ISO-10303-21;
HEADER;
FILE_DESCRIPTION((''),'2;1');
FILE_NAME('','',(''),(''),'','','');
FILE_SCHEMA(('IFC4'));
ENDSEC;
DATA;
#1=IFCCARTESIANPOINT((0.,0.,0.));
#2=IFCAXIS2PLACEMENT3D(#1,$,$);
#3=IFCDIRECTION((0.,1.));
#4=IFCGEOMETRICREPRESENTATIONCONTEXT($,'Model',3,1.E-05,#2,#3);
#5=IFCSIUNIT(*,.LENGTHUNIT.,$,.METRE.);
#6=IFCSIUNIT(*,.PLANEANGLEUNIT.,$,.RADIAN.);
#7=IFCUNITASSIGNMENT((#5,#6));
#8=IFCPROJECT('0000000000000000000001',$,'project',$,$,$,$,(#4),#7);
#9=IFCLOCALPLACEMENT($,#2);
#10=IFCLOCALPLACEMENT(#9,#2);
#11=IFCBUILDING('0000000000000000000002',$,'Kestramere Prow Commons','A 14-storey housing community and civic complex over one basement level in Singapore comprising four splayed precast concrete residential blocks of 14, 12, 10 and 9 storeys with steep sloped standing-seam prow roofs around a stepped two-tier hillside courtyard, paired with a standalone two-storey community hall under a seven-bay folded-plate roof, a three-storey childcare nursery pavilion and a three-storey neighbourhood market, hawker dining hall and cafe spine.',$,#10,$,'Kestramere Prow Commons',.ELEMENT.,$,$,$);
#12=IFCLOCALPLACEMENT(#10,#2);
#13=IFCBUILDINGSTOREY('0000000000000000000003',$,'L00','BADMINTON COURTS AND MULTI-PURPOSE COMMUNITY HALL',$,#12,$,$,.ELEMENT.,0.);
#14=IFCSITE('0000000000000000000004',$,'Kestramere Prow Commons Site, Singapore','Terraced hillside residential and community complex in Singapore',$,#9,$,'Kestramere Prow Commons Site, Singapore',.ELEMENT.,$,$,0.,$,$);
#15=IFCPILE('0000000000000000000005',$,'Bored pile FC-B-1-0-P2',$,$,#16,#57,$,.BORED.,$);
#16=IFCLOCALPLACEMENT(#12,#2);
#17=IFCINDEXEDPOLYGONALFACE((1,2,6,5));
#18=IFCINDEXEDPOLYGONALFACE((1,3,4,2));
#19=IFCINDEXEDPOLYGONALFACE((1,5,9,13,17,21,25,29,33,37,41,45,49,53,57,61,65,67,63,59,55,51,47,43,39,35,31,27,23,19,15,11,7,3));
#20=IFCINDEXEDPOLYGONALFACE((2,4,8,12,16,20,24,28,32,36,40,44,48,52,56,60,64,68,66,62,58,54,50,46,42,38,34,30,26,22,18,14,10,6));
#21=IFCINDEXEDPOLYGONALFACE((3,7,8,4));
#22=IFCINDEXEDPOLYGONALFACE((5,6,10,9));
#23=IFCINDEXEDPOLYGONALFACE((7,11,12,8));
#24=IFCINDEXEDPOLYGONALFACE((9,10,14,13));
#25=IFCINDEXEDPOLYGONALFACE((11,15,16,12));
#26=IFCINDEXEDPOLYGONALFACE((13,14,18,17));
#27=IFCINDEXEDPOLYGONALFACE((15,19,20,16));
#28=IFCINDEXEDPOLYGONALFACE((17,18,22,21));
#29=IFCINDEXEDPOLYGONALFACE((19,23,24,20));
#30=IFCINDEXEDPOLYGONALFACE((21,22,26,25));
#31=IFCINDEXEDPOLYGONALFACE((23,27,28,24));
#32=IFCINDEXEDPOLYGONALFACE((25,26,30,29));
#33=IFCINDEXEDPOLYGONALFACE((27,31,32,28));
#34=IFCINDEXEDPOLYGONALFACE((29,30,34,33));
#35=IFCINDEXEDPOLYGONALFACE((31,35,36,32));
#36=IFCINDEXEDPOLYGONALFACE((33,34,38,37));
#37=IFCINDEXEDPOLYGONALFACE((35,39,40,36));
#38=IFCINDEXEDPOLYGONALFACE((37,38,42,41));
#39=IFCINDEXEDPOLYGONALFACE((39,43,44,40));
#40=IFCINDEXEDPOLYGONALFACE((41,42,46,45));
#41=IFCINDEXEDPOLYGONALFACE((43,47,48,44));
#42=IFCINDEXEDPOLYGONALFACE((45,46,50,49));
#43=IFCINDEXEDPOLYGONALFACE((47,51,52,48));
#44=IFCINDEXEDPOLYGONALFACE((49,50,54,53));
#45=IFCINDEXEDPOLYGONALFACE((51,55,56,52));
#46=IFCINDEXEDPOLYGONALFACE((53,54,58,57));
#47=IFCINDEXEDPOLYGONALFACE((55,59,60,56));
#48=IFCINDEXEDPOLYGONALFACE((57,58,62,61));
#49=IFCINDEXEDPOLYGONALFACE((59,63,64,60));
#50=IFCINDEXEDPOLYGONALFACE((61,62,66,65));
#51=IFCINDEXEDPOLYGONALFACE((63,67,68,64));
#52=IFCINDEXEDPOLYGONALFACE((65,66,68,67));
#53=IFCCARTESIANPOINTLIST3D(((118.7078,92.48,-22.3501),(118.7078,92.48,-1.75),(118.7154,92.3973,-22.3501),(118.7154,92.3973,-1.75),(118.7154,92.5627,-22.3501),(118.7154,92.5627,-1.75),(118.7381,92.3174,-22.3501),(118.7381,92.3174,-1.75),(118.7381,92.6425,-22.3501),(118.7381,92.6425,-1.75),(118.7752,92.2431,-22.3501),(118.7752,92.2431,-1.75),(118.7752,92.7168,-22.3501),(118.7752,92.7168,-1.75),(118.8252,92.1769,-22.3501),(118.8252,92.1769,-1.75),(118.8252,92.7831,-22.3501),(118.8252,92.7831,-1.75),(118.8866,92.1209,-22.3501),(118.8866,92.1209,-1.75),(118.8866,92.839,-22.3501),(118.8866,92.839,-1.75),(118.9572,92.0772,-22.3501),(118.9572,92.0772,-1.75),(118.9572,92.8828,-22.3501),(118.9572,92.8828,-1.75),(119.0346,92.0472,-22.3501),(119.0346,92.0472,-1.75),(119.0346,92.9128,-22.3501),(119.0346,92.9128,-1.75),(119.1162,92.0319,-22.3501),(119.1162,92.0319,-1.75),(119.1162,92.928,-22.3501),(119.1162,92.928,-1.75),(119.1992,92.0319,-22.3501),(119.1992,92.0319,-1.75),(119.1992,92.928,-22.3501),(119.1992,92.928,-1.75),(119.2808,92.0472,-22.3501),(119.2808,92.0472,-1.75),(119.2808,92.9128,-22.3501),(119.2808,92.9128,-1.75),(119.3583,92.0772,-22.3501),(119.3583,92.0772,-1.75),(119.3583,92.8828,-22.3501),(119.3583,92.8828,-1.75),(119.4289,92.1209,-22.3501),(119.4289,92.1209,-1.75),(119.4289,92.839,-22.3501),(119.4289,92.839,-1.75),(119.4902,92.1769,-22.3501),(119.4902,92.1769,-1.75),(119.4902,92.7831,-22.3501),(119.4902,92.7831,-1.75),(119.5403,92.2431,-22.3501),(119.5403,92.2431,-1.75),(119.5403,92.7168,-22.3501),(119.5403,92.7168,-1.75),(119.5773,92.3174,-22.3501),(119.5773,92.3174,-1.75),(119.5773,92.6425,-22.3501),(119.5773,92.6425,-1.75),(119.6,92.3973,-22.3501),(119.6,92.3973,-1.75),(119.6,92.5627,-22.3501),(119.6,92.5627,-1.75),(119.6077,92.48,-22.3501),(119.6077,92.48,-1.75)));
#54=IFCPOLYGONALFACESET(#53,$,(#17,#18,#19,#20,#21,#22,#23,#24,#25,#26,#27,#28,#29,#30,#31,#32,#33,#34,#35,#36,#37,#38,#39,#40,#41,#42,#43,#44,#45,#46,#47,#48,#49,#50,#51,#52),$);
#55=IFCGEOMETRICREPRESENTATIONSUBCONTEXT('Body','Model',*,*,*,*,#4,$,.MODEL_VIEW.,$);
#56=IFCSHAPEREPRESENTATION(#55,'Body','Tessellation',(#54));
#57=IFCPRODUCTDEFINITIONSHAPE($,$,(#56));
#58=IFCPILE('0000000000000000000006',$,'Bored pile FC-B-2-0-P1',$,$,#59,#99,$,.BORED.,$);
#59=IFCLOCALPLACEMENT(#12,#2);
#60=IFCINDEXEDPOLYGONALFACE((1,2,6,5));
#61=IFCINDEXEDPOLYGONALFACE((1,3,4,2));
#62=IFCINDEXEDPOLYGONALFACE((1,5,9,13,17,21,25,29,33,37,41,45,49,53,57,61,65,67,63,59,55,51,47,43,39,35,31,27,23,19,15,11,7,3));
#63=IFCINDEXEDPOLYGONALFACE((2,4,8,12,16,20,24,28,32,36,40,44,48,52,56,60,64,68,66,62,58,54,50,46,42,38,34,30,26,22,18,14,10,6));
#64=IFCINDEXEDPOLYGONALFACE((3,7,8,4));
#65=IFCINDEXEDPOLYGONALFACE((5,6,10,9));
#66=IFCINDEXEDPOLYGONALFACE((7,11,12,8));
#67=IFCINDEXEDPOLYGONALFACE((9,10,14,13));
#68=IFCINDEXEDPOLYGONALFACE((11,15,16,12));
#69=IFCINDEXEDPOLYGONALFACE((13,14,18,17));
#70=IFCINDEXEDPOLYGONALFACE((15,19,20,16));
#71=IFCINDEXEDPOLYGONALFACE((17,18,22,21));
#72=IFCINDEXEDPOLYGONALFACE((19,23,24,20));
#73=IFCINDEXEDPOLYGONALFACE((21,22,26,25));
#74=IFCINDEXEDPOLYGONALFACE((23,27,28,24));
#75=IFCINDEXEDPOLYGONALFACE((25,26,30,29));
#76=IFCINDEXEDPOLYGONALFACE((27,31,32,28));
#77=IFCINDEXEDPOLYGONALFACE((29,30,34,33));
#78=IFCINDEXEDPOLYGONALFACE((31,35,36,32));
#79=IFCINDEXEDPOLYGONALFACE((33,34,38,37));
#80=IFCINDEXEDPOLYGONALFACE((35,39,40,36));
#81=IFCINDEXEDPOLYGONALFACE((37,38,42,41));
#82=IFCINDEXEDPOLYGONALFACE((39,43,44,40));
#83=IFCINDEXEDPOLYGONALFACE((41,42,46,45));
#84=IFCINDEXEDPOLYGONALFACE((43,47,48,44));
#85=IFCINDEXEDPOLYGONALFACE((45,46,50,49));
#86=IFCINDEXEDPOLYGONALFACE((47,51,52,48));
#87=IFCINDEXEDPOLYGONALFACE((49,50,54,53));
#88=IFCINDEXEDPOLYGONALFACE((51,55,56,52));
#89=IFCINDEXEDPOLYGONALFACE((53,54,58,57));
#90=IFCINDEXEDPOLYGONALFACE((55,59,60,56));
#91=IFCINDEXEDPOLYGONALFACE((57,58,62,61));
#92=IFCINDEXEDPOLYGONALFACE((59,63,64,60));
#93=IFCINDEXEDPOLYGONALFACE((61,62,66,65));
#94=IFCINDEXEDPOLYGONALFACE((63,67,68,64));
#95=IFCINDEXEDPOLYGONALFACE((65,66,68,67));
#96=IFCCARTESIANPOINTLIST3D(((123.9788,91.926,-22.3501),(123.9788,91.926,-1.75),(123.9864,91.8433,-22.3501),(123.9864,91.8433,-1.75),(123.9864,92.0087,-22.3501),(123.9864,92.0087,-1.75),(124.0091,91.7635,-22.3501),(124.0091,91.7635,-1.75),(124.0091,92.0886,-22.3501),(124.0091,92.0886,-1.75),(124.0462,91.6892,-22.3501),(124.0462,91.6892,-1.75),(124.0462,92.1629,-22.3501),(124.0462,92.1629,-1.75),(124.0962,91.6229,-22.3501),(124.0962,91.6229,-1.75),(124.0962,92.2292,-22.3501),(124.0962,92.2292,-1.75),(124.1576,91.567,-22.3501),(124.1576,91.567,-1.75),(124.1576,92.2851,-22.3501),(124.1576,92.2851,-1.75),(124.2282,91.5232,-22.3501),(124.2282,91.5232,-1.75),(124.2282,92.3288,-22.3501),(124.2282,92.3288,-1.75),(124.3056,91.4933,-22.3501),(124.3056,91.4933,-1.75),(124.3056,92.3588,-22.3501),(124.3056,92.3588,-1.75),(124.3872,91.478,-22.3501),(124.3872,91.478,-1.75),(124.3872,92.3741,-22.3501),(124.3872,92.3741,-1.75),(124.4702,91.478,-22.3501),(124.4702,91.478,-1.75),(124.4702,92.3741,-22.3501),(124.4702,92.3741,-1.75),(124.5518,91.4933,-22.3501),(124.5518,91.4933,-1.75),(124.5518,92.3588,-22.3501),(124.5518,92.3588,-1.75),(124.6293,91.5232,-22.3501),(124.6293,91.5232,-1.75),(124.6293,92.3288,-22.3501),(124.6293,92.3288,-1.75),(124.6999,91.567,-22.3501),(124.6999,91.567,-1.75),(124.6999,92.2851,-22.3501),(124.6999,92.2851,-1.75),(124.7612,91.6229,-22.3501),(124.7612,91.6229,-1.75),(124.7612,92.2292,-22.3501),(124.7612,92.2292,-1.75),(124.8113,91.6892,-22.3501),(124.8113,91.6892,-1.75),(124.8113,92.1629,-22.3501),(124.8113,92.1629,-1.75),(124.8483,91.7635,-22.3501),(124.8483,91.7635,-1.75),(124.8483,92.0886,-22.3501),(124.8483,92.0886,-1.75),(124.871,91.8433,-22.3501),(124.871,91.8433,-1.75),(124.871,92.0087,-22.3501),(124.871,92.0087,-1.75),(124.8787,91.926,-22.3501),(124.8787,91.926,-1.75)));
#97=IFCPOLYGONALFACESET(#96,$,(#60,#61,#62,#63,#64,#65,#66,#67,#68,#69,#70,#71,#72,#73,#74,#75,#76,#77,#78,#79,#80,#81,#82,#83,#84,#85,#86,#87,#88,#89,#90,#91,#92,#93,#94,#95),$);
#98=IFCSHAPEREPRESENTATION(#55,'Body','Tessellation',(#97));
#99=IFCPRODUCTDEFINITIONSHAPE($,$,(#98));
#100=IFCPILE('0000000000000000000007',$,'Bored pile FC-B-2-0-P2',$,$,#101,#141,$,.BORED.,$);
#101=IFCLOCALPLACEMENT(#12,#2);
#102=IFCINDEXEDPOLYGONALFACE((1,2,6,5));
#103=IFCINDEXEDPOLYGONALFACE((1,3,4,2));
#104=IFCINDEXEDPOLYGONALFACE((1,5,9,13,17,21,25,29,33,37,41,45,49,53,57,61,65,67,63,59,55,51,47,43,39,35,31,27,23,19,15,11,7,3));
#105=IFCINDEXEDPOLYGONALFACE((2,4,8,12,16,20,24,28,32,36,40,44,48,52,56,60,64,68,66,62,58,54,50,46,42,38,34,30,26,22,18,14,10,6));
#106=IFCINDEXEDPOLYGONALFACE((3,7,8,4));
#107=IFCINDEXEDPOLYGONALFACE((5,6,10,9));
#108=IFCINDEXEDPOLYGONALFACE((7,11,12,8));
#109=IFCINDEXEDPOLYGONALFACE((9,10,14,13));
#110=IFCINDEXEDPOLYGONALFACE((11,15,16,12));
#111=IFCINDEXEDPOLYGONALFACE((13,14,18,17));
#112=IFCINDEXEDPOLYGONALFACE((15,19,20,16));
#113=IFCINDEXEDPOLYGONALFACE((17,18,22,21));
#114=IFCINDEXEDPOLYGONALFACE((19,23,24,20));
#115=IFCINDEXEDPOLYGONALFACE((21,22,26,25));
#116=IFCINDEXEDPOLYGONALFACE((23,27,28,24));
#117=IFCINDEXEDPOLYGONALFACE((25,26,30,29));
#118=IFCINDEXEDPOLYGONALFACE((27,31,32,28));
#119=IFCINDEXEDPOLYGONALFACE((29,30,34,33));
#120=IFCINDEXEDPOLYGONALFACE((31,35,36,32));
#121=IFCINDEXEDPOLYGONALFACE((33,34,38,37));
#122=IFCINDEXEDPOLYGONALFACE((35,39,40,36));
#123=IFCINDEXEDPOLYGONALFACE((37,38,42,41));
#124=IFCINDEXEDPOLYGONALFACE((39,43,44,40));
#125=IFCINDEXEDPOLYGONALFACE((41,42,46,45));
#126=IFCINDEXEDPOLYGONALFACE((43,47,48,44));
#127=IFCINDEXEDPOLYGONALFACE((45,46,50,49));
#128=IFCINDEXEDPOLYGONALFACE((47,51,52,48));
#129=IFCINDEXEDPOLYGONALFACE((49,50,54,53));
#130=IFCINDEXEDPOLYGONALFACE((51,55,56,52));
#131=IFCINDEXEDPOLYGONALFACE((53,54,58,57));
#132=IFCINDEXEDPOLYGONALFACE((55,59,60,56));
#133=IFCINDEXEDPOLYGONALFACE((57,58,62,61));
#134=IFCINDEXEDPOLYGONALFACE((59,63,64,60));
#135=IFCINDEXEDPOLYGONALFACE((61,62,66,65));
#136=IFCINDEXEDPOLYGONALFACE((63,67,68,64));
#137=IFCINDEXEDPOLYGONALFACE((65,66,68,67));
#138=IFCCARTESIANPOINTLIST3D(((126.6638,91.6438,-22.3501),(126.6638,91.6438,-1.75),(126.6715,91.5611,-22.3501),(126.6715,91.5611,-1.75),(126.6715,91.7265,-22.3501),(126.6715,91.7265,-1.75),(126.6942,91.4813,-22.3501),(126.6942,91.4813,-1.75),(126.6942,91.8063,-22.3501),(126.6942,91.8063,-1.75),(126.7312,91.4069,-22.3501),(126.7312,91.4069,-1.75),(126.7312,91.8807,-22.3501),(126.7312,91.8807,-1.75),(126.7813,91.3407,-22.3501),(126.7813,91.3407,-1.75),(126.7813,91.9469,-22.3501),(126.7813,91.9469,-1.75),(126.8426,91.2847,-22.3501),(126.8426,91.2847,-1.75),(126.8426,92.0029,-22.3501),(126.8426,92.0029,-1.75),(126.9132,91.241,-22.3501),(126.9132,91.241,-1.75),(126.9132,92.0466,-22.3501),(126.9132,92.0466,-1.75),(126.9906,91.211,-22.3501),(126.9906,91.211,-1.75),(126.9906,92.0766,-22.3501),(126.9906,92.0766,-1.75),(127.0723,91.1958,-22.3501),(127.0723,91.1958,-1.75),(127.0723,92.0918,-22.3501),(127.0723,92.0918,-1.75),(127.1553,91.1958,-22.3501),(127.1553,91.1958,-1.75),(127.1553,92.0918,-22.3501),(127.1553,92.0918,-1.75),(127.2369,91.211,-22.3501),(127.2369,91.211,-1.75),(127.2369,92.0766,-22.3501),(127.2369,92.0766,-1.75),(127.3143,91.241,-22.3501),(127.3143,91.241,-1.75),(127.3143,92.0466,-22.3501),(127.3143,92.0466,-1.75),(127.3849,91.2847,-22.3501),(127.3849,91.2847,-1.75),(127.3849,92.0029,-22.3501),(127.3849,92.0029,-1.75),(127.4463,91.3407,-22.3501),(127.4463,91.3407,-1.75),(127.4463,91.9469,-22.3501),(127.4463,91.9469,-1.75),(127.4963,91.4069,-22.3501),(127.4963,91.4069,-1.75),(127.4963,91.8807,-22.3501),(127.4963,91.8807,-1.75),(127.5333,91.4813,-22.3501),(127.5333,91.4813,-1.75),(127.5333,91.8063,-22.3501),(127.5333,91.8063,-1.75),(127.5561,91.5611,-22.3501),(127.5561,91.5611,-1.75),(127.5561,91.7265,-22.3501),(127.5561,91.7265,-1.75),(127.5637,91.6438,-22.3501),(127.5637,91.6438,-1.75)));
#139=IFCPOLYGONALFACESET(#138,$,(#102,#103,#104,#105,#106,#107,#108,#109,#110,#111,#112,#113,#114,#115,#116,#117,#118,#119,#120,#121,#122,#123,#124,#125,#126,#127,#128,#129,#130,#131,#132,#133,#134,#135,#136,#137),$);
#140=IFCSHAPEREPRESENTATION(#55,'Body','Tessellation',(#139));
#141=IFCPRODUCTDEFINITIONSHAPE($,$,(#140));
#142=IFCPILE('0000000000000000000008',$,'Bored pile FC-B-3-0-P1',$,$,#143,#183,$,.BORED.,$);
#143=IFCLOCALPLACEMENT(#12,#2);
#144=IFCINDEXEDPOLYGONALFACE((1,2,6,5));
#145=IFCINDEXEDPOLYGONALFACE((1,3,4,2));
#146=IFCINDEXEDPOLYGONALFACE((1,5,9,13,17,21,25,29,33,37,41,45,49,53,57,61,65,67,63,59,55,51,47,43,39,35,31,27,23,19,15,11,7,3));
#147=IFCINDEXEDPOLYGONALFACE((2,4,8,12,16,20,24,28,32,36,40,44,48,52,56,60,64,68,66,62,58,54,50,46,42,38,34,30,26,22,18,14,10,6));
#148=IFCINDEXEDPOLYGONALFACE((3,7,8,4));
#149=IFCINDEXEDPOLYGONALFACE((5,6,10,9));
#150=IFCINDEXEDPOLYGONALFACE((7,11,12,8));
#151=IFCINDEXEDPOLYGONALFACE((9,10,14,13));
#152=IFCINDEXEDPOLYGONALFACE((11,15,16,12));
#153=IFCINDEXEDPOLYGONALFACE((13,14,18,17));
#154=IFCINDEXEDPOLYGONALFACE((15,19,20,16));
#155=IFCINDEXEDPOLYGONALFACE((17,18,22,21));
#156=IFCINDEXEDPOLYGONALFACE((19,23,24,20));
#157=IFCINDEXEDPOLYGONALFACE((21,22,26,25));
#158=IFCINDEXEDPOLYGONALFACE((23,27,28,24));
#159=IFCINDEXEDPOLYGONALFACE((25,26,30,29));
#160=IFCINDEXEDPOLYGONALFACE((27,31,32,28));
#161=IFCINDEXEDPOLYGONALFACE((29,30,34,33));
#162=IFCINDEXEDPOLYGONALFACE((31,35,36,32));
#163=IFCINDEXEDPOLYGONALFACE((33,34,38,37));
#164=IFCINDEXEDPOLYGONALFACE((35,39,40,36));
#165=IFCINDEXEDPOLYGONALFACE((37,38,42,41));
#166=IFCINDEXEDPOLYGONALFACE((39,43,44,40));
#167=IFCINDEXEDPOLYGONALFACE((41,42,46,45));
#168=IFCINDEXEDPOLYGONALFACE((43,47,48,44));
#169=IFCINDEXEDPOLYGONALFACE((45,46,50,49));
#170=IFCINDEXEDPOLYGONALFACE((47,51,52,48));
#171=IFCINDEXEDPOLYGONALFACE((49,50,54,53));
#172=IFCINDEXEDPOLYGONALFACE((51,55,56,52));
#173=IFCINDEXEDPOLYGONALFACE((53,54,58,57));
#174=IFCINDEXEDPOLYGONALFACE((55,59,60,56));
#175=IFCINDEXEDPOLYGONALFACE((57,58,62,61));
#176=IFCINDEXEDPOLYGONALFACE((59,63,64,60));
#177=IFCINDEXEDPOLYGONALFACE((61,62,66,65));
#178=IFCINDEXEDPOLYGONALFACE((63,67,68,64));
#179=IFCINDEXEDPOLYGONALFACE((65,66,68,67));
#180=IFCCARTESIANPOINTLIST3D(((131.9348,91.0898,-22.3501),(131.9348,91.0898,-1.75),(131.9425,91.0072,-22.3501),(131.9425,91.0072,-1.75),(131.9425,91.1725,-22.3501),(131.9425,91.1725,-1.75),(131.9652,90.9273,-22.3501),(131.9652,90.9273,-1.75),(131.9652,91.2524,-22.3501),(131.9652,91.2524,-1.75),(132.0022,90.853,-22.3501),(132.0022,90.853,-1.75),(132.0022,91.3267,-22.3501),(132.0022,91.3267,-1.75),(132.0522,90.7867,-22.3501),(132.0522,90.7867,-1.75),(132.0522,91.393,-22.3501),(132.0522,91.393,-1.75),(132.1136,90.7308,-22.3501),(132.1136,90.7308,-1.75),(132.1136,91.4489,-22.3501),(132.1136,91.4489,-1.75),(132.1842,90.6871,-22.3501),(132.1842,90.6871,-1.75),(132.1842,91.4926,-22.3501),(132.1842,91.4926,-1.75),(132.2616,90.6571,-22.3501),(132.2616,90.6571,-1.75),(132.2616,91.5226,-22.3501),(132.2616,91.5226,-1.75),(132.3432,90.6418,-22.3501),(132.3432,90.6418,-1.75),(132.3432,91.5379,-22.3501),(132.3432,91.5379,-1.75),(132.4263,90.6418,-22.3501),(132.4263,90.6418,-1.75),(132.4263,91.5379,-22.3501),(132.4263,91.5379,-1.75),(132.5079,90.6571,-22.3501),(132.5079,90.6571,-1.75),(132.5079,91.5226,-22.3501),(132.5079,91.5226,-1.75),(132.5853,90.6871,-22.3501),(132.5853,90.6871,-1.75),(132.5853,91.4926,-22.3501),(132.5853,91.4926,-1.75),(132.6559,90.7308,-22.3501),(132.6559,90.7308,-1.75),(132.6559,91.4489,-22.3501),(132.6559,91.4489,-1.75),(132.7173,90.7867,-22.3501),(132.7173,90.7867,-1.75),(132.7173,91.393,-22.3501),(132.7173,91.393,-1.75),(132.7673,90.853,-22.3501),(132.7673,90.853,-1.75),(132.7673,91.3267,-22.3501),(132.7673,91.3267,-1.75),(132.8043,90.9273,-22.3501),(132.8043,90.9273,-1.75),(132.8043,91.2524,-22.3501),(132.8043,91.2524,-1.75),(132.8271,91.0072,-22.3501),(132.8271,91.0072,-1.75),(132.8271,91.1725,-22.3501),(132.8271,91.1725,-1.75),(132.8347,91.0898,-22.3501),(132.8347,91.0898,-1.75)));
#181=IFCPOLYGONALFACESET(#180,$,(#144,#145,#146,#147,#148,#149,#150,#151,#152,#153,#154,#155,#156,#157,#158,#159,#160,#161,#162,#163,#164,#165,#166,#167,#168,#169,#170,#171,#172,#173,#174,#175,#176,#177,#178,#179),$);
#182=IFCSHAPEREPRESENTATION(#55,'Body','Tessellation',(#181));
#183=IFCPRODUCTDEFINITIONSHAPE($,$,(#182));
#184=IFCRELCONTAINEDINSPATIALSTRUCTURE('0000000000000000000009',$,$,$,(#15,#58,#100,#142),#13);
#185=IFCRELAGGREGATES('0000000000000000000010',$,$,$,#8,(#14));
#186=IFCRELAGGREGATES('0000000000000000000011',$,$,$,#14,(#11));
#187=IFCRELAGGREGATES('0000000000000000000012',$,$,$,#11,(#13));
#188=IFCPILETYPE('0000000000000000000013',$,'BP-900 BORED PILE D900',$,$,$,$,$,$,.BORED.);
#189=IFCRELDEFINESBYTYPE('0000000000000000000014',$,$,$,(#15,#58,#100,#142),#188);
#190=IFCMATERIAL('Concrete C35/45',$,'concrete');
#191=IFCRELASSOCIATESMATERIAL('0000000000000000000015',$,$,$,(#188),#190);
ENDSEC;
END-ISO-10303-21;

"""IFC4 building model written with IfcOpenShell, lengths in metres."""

from ifc_helpers import new_model, si_unit, direction, frame, origin, origin_2d, place, context, subcontext, project, spatial, circle, extrude, material, material_profile, profile_set, type_object, element, save


model = new_model("IFC4")

# Units and contexts
model_context = context("Model", 3, precision=1e-05, world=origin(), true_north=direction((0.0, 1.0)))
body_context = subcontext(model_context, "Body", "Model", "MODEL_VIEW")
ifc_project = project(units=[si_unit("LENGTHUNIT", "METRE"), si_unit("PLANEANGLEUNIT", "RADIAN")], contexts=[model_context])

# Site, building, storey
site_placement = place(None, origin())
site = spatial("IfcSite", under=ifc_project, at=site_placement, Name="Kestramere Prow Commons Site, Singapore", Description="Terraced hillside residential and community complex in Singapore", LongName="Kestramere Prow Commons Site, Singapore", CompositionType="ELEMENT", RefElevation=0.0)
building_placement = place(site_placement, origin())
building = spatial("IfcBuilding", under=site, at=building_placement, Name="Kestramere Prow Commons", Description="A 14-storey housing community and civic complex over one basement level in Singapore comprising four splayed precast concrete residential blocks of 14, 12, 10 and 9 storeys with steep sloped standing-seam prow roofs around a stepped two-tier hillside courtyard, paired with a standalone two-storey community hall under a seven-bay folded-plate roof, a three-storey childcare nursery pavilion and a three-storey neighbourhood market, hawker dining hall and cafe spine.", LongName="Kestramere Prow Commons", CompositionType="ELEMENT")
storey_placement = place(building_placement, origin())
storey = spatial("IfcBuildingStorey", under=building, at=storey_placement, Name="L00", Description="BADMINTON COURTS AND MULTI-PURPOSE COMMUNITY HALL", CompositionType="ELEMENT", Elevation=0.0)

# Piles
ifc_material_1 = material(Name="Concrete C35/45", Category="concrete")
ifc_material_profile_1 = material_profile(ifc_material_1, circle(Radius=0.45, at=origin_2d()), Name="BORED PILE D900")
ifc_profile_set_1 = profile_set([ifc_material_profile_1], Name="Concrete C35/45")
pile_type_1 = type_object("IfcPileType", Name="BP-900 BORED PILE D900", PredefinedType="BORED", material=ifc_profile_set_1)
for number, where, z_axis, x_axis, name in (
    (1, (119.1577, 92.48, -1.75), (0.0, 0.0, -1.0), (1.0, 0.0, 0.0), "Bored pile FC-B-1-0-P2"),
    (2, (124.4287, 91.926, -1.75), (0.0, 0.0, -1.0), (1.0, 0.0, 0.0), "Bored pile FC-B-2-0-P1"),
    (3, (127.1138, 91.6438, -1.75), (0.0, 0.0, -1.0), (1.0, 0.0, 0.0), "Bored pile FC-B-2-0-P2"),
    (4, (132.3848, 91.0898, -1.75), (0.0, 0.0, -1.0), (1.0, 0.0, 0.0), "Bored pile FC-B-3-0-P1"),
):
    element("IfcPile", number, at=place(storey_placement, frame(where, z_axis=z_axis, x_axis=x_axis)), inside=storey, type_object=pile_type_1, Name=name, PredefinedType="BORED", context=body_context, shape_type="SweptSolid", body=[
        extrude(circle(Radius=0.45, at=origin_2d()), origin(), (0.0, 0.0, 1.0), 20.6001),
    ])

save(model, "model.ifc")
